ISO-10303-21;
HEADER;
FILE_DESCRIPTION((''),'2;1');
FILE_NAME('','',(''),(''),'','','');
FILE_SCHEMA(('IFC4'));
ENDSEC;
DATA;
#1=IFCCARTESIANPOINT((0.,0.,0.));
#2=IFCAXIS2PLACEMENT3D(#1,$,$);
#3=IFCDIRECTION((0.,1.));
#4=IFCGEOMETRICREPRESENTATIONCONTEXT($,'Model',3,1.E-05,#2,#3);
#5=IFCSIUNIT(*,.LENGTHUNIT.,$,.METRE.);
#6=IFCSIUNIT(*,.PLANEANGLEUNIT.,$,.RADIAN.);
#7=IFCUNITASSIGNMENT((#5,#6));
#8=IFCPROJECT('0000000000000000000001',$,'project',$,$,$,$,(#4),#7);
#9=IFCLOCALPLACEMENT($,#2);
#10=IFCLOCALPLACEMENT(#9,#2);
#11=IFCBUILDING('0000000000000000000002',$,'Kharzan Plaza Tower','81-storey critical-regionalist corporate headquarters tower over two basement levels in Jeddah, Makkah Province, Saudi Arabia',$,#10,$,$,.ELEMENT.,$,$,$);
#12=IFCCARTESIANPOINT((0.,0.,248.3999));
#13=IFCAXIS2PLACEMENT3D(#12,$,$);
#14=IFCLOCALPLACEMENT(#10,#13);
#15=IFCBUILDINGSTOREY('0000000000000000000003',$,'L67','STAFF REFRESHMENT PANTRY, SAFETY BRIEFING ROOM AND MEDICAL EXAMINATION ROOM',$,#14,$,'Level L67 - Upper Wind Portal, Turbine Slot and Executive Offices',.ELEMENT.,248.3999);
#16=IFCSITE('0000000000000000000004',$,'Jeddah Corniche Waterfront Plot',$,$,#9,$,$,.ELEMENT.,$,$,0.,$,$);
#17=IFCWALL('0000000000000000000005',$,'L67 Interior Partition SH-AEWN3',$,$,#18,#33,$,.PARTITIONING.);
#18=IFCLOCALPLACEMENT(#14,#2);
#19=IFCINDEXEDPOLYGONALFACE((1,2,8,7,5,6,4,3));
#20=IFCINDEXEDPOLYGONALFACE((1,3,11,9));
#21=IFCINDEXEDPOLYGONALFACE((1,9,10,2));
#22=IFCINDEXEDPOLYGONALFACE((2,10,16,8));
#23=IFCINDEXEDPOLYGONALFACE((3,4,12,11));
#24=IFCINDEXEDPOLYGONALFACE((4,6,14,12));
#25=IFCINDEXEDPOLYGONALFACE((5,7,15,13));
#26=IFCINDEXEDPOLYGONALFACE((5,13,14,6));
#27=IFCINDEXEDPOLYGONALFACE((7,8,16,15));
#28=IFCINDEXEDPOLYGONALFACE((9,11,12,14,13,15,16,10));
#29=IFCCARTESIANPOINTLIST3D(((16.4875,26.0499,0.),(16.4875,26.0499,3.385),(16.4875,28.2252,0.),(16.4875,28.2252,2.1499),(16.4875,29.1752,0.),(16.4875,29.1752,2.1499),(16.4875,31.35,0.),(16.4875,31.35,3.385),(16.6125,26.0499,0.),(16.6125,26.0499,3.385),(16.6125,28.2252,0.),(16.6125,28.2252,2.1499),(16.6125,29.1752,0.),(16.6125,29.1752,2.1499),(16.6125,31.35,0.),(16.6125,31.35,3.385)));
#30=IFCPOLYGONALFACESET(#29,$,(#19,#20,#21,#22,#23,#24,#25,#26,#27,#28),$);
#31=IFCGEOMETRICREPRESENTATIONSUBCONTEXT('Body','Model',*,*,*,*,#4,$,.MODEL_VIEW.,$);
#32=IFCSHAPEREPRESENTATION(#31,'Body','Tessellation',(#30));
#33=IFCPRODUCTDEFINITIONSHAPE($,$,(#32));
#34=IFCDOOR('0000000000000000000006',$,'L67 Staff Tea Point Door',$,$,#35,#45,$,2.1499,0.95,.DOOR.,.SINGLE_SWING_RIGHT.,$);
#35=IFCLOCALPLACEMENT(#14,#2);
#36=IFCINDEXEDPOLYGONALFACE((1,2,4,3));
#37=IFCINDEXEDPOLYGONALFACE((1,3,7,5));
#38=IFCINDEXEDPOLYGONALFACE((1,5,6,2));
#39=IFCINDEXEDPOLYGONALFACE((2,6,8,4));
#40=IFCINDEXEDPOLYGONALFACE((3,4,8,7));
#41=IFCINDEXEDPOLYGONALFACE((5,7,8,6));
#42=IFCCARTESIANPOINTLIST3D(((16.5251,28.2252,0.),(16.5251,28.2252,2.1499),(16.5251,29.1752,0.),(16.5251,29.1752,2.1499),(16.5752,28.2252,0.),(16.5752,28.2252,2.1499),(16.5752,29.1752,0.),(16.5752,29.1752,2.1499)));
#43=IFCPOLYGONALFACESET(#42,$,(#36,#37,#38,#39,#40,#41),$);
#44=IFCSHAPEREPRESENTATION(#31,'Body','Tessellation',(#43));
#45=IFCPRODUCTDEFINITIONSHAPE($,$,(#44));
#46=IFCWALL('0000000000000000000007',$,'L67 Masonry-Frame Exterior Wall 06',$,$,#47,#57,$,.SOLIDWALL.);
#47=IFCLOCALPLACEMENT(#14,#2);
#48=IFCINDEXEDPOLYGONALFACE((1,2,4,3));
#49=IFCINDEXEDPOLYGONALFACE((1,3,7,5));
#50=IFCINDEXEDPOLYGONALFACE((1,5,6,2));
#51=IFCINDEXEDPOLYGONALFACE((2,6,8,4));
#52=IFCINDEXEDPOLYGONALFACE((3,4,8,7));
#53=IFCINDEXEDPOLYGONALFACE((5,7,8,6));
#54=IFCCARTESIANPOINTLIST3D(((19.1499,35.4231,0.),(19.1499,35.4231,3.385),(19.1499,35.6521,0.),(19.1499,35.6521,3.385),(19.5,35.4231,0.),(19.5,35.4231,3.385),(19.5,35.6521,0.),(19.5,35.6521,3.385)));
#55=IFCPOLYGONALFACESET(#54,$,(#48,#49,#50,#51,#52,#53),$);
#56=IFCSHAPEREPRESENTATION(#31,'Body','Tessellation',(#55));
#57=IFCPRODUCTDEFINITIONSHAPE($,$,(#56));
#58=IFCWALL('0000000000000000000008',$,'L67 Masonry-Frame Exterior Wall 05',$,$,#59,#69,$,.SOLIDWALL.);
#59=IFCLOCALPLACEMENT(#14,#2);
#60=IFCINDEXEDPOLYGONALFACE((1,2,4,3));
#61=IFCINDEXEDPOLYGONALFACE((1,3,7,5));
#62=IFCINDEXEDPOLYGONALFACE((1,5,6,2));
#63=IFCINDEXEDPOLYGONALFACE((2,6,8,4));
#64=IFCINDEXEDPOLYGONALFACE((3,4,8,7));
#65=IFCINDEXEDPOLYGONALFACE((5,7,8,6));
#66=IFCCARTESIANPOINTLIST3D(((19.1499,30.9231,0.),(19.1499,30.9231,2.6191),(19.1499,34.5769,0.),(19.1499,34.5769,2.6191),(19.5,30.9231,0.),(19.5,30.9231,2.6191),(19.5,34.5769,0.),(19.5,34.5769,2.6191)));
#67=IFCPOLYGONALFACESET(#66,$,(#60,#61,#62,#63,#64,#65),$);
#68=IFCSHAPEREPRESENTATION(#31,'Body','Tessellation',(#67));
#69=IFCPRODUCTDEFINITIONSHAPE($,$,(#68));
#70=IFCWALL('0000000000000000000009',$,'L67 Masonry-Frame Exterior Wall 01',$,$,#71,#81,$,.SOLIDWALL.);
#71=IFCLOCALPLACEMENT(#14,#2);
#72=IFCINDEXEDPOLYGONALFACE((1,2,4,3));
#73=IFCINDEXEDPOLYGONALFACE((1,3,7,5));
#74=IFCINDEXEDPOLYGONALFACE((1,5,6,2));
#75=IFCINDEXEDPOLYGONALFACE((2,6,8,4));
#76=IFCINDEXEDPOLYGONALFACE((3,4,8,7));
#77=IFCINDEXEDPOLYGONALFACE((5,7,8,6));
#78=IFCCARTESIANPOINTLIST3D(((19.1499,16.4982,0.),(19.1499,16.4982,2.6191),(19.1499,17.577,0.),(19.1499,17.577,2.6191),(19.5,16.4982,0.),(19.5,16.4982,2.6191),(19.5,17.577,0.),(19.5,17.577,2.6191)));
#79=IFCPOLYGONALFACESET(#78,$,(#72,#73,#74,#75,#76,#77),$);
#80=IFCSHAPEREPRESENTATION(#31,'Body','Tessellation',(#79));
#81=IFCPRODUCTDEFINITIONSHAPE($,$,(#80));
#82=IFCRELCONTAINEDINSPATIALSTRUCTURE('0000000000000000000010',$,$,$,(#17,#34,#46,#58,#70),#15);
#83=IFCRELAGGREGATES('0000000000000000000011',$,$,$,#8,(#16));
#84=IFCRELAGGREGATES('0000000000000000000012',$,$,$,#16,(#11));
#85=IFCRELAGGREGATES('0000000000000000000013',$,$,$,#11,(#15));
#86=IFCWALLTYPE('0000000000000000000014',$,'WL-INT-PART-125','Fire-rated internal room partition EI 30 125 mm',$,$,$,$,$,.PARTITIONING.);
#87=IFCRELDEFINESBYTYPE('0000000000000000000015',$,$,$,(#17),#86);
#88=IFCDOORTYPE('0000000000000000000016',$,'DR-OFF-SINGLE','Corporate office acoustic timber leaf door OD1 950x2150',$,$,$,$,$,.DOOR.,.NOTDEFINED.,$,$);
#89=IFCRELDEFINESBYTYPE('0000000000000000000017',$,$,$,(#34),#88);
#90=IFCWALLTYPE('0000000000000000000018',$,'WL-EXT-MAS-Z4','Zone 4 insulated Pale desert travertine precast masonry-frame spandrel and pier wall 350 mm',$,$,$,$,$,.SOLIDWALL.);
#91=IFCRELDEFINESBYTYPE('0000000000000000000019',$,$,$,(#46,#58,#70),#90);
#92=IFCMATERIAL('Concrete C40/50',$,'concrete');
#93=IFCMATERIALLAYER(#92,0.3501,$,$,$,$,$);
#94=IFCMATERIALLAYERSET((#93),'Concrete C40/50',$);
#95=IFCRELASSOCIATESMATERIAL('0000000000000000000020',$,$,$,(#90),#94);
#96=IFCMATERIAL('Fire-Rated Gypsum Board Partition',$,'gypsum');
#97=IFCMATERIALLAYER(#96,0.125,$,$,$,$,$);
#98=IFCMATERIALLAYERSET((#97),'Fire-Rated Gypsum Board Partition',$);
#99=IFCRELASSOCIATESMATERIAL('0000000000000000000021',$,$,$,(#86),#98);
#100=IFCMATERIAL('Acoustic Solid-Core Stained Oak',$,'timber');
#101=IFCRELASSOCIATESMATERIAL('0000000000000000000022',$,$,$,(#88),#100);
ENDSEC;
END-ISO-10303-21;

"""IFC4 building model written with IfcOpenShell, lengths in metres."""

from ifc_helpers import new_model, si_unit, direction, frame, frame_2d, origin, place, context, subcontext, project, spatial, rectangle, extrude, source, transform, mapped, material, layer, layer_set, type_object, element, fill, save


model = new_model("IFC4")

# Units and contexts
model_context = context("Model", 3, precision=1e-05, world=origin(), true_north=direction((0.0, 1.0)))
body_context = subcontext(model_context, "Body", "Model", "MODEL_VIEW")
ifc_project = project(units=[si_unit("LENGTHUNIT", "METRE"), si_unit("PLANEANGLEUNIT", "RADIAN")], contexts=[model_context])

# Site, building, storey
site_placement = place(None, origin())
site = spatial("IfcSite", under=ifc_project, at=site_placement, Name="Jeddah Corniche Waterfront Plot", CompositionType="ELEMENT", RefElevation=0.0)
building_placement = place(site_placement, origin())
building = spatial("IfcBuilding", under=site, at=building_placement, Name="Kharzan Plaza Tower", Description="81-storey critical-regionalist corporate headquarters tower over two basement levels in Jeddah, Makkah Province, Saudi Arabia", CompositionType="ELEMENT")
storey_placement = place(building_placement, frame((0.0, 0.0, 248.3999)))
storey = spatial("IfcBuildingStorey", under=building, at=storey_placement, Name="L67", Description="STAFF REFRESHMENT PANTRY, SAFETY BRIEFING ROOM AND MEDICAL EXAMINATION ROOM", LongName="Level L67 - Upper Wind Portal, Turbine Slot and Executive Offices", CompositionType="ELEMENT", Elevation=248.3999)

# Shared definitions
ifc_material_1 = material(Name="Concrete C40/50", Category="concrete")
ifc_layer_1 = layer(ifc_material_1, 0.3501)
ifc_layer_set_1 = layer_set([ifc_layer_1], Name="Concrete C40/50")
wall_type_1 = type_object("IfcWallType", Name="WL-EXT-MAS-Z4", Description="Zone 4 insulated Pale desert travertine precast masonry-frame spandrel and pier wall 350 mm", PredefinedType="SOLIDWALL", material=ifc_layer_set_1)

# Wall, opening, door
ifc_material_2 = material(Name="Fire-Rated Gypsum Board Partition", Category="gypsum")
ifc_layer_2 = layer(ifc_material_2, 0.125)
ifc_layer_set_2 = layer_set([ifc_layer_2], Name="Fire-Rated Gypsum Board Partition")
wall_type_2 = type_object("IfcWallType", Name="WL-INT-PART-125", Description="Fire-rated internal room partition EI 30 125 mm", PredefinedType="PARTITIONING", material=ifc_layer_set_2)
wall_1_placement = place(storey_placement, frame((16.55, 26.05, 0.0), z_axis=(0.0, 0.0, 1.0), x_axis=(0.0, 1.0, 0.0)))
wall_1 = element("IfcWall", 1, at=wall_1_placement, inside=storey, type_object=wall_type_2, Name="L67 Interior Partition SH-AEWN3", PredefinedType="PARTITIONING", context=body_context, shape_type="SweptSolid", body=[
    extrude(rectangle(XDim=5.3, YDim=0.125, at=frame_2d((2.6499, 0.0))), origin(), (0.0, 0.0, 1.0), 3.385),
])
opening_1_placement = place(wall_1_placement, frame((2.175, 0.0, 0.0)))
opening_1 = element("IfcOpeningElement", 2, at=opening_1_placement, cuts=wall_1, PredefinedType="OPENING", context=body_context, shape_type="SweptSolid", body=[
    extrude(rectangle(XDim=0.95, YDim=2.1499, at=frame_2d((0.4751, 1.075))), frame((0.0, 0.0725, 0.0), z_axis=(0.0, -1.0, 0.0), x_axis=(1.0, 0.0, 0.0)), (0.0, 0.0, 1.0), 0.145),
])
ifc_material_3 = material(Name="Acoustic Solid-Core Stained Oak", Category="timber")
door_type_1 = type_object("IfcDoorType", Name="DR-OFF-SINGLE", Description="Corporate office acoustic timber leaf door OD1 950x2150", OperationType="NOTDEFINED", PredefinedType="DOOR", material=ifc_material_3)
shared_shape_1 = source(origin(), body_context, "Body", "SweptSolid", [
    extrude(rectangle(XDim=0.95, YDim=2.1499, at=frame_2d((0.4751, 1.075))), frame((0.0, 0.0249, 0.0), z_axis=(0.0, -1.0, 0.0), x_axis=(1.0, 0.0, 0.0)), (0.0, 0.0, 1.0), 0.05),
])
door_1_placement = place(opening_1_placement, origin())
door_1 = element("IfcDoor", 3, at=door_1_placement, inside=storey, type_object=door_type_1, Name="L67 Staff Tea Point Door", OperationType="SINGLE_SWING_RIGHT", OverallHeight=2.1499, OverallWidth=0.95, PredefinedType="DOOR", context=body_context, shape_type="MappedRepresentation", body=[
    mapped(shared_shape_1, transform((0.0, 0.0, 0.0), x_axis=(1.0, 0.0, 0.0), y_axis=(0.0, 1.0, 0.0), z_axis=(0.0, 0.0, 1.0))),
])
fill(opening_1, door_1)

# Walls
shared_shape_2 = source(origin(), body_context, "Body", "SweptSolid", [
    extrude(rectangle(XDim=0.229, YDim=0.3501, at=frame_2d((0.1145, 0.0))), origin(), (0.0, 0.0, 1.0), 3.385),
])
wall_2_placement = place(storey_placement, frame((19.325, 35.4231, 0.0), z_axis=(0.0, 0.0, 1.0), x_axis=(0.0, 1.0, 0.0)))
element("IfcWall", 4, at=wall_2_placement, inside=storey, type_object=wall_type_1, Name="L67 Masonry-Frame Exterior Wall 06", PredefinedType="SOLIDWALL", context=body_context, shape_type="MappedRepresentation", body=[
    mapped(shared_shape_2, transform((0.0, 0.0, 0.0), x_axis=(1.0, 0.0, 0.0), y_axis=(0.0, 1.0, 0.0), z_axis=(0.0, 0.0, 1.0))),
])
shared_shape_3 = source(origin(), body_context, "Body", "SweptSolid", [
    extrude(rectangle(XDim=3.6538, YDim=0.3501, at=frame_2d((1.8269, 0.0))), origin(), (0.0, 0.0, 1.0), 2.6191),
])
wall_3_placement = place(storey_placement, frame((19.325, 30.9231, 0.0), z_axis=(0.0, 0.0, 1.0), x_axis=(0.0, 1.0, 0.0)))
element("IfcWall", 5, at=wall_3_placement, inside=storey, type_object=wall_type_1, Name="L67 Masonry-Frame Exterior Wall 05", PredefinedType="SOLIDWALL", context=body_context, shape_type="MappedRepresentation", body=[
    mapped(shared_shape_3, transform((0.0, 0.0, 0.0), x_axis=(1.0, 0.0, 0.0), y_axis=(0.0, 1.0, 0.0), z_axis=(0.0, 0.0, 1.0))),
])
shared_shape_4 = source(origin(), body_context, "Body", "SweptSolid", [
    extrude(rectangle(XDim=1.0789, YDim=0.3501, at=frame_2d((0.5396, 0.0))), origin(), (0.0, 0.0, 1.0), 2.6191),
])
wall_4_placement = place(storey_placement, frame((19.325, 16.498, 0.0), z_axis=(0.0, 0.0, 1.0), x_axis=(0.0, 1.0, 0.0)))
element("IfcWall", 6, at=wall_4_placement, inside=storey, type_object=wall_type_1, Name="L67 Masonry-Frame Exterior Wall 01", PredefinedType="SOLIDWALL", context=body_context, shape_type="MappedRepresentation", body=[
    mapped(shared_shape_4, transform((0.0, 0.0, 0.0), x_axis=(1.0, 0.0, 0.0), y_axis=(0.0, 1.0, 0.0), z_axis=(0.0, 0.0, 1.0))),
])

save(model, "model.ifc")
